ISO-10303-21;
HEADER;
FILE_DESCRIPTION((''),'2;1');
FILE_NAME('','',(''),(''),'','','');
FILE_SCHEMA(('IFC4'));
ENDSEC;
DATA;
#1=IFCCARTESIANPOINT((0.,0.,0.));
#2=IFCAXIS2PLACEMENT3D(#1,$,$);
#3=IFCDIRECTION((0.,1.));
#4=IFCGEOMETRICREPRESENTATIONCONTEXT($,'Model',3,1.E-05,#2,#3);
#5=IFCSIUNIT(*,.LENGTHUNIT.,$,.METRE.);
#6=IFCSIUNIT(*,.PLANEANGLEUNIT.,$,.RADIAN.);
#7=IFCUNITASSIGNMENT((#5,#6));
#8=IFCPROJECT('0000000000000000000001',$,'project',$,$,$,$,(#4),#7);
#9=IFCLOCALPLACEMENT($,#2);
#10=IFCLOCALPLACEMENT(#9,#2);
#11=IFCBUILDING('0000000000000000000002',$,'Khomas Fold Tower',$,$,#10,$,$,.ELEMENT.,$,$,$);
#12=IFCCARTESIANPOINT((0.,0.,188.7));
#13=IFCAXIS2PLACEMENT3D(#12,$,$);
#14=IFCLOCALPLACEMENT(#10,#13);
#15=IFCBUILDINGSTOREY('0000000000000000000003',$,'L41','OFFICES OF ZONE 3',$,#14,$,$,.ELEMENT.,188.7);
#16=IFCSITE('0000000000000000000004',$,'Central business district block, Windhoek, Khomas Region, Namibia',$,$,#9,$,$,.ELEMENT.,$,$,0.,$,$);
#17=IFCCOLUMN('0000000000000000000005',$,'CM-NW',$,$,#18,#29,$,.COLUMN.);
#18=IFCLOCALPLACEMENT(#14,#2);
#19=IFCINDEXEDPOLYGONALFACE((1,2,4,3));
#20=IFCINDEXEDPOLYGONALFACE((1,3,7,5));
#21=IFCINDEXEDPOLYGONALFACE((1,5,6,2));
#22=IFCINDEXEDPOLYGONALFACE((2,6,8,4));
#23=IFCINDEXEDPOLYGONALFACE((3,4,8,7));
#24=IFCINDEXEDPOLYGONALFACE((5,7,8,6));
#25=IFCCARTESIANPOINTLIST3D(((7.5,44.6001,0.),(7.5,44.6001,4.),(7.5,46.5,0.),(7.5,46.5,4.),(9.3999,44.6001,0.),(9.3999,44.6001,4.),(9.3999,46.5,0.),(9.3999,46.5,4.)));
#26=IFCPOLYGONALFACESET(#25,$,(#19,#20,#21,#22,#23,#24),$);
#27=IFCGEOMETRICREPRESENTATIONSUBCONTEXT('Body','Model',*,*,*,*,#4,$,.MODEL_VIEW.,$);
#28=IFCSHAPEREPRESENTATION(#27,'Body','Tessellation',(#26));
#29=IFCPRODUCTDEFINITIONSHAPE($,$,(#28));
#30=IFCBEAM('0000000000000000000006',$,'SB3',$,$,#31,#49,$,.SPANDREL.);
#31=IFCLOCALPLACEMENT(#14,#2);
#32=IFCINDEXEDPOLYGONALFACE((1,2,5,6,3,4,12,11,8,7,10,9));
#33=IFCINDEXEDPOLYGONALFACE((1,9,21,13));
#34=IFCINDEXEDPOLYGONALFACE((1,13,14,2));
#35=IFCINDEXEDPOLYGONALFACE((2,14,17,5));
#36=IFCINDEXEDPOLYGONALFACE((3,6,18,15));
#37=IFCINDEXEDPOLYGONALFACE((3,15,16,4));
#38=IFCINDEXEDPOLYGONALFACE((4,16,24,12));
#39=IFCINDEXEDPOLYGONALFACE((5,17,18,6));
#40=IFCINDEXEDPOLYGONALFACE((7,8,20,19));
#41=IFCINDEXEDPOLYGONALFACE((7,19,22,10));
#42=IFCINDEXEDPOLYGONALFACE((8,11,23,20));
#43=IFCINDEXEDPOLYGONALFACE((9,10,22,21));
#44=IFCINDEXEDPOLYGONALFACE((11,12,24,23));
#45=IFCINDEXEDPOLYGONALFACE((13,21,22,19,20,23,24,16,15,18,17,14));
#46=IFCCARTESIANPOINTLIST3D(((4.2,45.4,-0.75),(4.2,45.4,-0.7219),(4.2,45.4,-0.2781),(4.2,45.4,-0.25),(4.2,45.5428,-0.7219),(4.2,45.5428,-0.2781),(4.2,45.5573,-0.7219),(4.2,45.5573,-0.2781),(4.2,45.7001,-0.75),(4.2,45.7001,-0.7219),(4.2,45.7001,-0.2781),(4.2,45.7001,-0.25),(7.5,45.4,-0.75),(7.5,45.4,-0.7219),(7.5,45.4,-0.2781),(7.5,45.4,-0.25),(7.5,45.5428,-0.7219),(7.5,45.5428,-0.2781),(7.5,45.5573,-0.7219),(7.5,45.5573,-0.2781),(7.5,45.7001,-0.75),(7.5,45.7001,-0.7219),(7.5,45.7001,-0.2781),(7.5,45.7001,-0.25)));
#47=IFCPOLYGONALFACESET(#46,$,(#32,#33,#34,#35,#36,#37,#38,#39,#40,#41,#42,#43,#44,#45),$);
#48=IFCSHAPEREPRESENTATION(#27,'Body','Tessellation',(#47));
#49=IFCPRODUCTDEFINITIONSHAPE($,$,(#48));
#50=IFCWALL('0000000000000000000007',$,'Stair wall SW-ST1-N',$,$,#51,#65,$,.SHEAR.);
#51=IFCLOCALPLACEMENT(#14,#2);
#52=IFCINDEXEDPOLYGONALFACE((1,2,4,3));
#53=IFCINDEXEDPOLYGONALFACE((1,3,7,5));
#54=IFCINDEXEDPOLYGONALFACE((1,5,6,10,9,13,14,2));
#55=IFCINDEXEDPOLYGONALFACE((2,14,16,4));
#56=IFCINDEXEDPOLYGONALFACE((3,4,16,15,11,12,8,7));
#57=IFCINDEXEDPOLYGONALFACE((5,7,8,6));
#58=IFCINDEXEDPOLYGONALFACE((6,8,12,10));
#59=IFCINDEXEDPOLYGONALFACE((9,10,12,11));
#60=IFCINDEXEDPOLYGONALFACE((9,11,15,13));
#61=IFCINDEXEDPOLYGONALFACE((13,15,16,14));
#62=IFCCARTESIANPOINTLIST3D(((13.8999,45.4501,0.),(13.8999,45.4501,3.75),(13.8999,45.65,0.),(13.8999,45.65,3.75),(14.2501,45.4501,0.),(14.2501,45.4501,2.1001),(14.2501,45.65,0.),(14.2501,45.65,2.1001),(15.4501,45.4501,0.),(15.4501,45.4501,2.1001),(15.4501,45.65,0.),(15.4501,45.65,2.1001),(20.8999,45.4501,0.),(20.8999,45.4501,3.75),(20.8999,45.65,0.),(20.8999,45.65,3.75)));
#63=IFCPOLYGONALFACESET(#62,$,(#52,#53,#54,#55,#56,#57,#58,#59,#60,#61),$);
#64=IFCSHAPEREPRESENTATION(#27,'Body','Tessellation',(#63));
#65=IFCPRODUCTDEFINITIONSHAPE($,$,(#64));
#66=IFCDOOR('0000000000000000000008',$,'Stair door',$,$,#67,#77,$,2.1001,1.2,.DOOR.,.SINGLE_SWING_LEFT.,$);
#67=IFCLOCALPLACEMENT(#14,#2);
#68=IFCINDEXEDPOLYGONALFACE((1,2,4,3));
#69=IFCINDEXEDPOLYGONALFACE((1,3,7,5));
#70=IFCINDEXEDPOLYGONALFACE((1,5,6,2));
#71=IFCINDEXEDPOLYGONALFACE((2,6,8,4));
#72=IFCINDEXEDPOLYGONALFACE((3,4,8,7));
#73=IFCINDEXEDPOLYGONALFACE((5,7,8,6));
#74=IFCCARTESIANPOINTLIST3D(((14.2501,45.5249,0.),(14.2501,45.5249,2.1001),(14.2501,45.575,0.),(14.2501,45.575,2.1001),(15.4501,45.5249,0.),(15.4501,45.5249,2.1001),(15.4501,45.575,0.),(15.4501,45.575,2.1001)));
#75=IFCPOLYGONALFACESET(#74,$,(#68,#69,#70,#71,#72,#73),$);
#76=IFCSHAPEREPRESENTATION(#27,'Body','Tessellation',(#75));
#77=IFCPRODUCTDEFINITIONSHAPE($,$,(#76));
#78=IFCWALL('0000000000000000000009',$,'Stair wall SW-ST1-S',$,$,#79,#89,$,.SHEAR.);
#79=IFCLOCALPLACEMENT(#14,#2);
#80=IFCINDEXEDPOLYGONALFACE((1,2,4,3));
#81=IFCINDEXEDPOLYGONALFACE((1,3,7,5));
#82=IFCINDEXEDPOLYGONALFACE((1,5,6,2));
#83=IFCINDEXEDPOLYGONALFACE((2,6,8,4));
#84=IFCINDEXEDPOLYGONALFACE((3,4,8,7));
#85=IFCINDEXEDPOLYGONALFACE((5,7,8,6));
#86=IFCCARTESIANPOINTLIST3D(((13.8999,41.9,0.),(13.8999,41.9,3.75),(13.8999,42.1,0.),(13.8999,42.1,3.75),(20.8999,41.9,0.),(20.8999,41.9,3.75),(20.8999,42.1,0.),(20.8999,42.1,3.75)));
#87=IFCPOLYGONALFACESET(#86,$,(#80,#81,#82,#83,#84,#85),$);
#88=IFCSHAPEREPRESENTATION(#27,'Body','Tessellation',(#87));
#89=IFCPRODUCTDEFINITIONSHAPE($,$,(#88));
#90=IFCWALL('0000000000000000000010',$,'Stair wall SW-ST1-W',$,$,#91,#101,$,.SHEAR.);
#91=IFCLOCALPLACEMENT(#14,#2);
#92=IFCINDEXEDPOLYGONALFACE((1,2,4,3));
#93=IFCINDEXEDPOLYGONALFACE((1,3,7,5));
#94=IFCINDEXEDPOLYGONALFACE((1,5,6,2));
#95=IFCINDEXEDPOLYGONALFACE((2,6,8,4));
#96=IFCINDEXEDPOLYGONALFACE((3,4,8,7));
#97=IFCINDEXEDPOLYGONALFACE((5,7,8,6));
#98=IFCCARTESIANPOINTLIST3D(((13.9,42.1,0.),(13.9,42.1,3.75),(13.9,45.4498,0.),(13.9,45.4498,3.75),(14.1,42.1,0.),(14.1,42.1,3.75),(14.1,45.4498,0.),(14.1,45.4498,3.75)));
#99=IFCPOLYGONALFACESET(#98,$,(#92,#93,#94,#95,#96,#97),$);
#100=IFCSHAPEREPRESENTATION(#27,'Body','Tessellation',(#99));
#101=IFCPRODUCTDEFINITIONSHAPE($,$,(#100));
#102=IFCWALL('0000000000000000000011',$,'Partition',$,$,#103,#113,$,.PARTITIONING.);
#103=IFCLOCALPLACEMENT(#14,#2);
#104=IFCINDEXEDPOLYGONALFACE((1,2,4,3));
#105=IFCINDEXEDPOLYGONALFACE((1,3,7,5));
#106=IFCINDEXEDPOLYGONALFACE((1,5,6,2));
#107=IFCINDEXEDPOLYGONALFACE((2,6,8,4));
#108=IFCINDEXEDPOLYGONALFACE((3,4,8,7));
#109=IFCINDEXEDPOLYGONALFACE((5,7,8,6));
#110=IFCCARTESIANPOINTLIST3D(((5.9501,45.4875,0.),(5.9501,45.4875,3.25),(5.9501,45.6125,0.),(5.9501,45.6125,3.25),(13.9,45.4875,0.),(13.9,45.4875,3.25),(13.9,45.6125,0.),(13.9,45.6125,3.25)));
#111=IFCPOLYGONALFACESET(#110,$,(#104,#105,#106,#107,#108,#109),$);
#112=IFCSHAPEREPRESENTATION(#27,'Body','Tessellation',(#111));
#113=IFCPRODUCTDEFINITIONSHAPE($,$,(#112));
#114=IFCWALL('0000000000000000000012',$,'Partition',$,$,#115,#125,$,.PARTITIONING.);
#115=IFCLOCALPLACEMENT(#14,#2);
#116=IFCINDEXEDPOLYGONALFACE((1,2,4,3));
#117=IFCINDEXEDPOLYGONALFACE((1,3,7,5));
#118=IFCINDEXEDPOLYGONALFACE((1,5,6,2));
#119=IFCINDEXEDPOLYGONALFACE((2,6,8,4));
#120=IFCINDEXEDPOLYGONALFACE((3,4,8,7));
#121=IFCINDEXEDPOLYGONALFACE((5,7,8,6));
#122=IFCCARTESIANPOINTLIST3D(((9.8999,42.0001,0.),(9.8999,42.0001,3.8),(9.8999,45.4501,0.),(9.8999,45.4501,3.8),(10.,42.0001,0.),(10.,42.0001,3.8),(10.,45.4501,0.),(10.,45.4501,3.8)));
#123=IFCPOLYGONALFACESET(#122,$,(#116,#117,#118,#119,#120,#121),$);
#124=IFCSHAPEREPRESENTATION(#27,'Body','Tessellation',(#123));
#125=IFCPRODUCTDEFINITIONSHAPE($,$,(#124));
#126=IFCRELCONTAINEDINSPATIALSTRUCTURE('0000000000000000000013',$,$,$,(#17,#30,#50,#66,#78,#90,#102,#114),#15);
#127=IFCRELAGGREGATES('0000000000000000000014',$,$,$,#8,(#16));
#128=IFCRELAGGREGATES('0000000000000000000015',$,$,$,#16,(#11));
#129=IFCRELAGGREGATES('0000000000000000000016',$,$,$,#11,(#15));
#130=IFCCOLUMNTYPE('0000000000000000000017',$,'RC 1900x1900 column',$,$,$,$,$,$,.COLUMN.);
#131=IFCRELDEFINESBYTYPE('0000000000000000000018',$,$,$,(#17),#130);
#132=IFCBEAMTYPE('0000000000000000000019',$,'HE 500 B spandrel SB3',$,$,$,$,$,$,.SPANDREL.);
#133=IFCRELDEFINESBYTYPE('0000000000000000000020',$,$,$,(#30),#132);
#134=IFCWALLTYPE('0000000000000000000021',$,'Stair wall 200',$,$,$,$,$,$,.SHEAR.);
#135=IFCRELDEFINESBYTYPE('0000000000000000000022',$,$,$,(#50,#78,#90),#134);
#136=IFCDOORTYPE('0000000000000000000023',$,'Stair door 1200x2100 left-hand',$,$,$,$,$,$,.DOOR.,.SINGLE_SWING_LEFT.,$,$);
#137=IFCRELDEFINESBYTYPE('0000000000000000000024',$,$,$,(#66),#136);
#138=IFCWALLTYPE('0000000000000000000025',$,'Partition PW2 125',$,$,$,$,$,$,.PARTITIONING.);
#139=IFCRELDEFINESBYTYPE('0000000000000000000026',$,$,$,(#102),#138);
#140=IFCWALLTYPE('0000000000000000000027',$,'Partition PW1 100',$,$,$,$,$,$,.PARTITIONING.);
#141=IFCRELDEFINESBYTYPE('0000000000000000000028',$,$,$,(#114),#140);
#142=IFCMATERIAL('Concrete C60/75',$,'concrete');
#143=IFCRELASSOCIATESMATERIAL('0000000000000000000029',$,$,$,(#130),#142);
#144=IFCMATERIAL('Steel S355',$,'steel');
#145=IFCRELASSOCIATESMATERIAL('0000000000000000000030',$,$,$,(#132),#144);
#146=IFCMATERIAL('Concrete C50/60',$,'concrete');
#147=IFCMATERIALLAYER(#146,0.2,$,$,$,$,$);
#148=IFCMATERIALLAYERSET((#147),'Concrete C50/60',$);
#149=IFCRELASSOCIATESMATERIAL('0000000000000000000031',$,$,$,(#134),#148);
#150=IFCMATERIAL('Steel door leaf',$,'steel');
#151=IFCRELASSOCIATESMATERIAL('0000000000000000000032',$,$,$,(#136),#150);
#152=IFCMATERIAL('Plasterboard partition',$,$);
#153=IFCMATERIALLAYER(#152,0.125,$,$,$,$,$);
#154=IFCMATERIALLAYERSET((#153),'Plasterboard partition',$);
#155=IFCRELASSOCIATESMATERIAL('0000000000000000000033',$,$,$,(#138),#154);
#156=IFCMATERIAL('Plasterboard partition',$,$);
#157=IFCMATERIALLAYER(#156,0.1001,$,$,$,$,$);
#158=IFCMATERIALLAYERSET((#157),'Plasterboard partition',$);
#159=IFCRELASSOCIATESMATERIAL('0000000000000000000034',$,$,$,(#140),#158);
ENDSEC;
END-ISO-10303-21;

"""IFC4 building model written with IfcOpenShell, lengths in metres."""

from ifc_helpers import new_model, si_unit, direction, frame, frame_2d, origin, origin_2d, place, context, subcontext, project, spatial, rectangle, i_section, extrude, source, transform, mapped, material, layer, layer_set, material_profile, profile_set, type_object, element, fill, save


model = new_model("IFC4")

# Units and contexts
model_context = context("Model", 3, precision=1e-05, world=origin(), true_north=direction((0.0, 1.0)))
body_context = subcontext(model_context, "Body", "Model", "MODEL_VIEW")
ifc_project = project(units=[si_unit("LENGTHUNIT", "METRE"), si_unit("PLANEANGLEUNIT", "RADIAN")], contexts=[model_context])

# Site, building, storey
site_placement = place(None, origin())
site = spatial("IfcSite", under=ifc_project, at=site_placement, Name="Central business district block, Windhoek, Khomas Region, Namibia", CompositionType="ELEMENT", RefElevation=0.0)
building_placement = place(site_placement, origin())
building = spatial("IfcBuilding", under=site, at=building_placement, Name="Khomas Fold Tower", CompositionType="ELEMENT")
storey_placement = place(building_placement, frame((0.0, 0.0, 188.7)))
storey = spatial("IfcBuildingStorey", under=building, at=storey_placement, Name="L41", Description="OFFICES OF ZONE 3", CompositionType="ELEMENT", Elevation=188.7)

# Column
ifc_material_1 = material(Name="Concrete C60/75", Category="concrete")
ifc_material_profile_1 = material_profile(ifc_material_1, rectangle(XDim=1.8999, YDim=1.8999, at=origin_2d()), Name="RC 1900x1900")
ifc_profile_set_1 = profile_set([ifc_material_profile_1], Name="Concrete C60/75")
column_type = type_object("IfcColumnType", Name="RC 1900x1900 column", PredefinedType="COLUMN", material=ifc_profile_set_1)
shared_shape_1 = source(origin(), body_context, "Body", "SweptSolid", [
    extrude(rectangle(XDim=1.8999, YDim=1.8999, at=origin_2d()), origin(), (0.0, 0.0, 1.0), 4.0),
])
column_placement = place(storey_placement, frame((8.45, 45.55, 0.0), z_axis=(0.0, 0.0, 1.0), x_axis=(1.0, 0.0, 0.0)))
element("IfcColumn", 1, at=column_placement, inside=storey, type_object=column_type, Name="CM-NW", PredefinedType="COLUMN", context=body_context, shape_type="MappedRepresentation", body=[
    mapped(shared_shape_1, transform((0.0, 0.0, 0.0))),
])

# Beam
ifc_material_2 = material(Name="Steel S355", Category="steel")
ifc_material_profile_2 = material_profile(ifc_material_2, i_section(OverallWidth=0.3, OverallDepth=0.5, WebThickness=0.0144, FlangeThickness=0.0281, at=origin_2d()), Name="HE 500 B")
ifc_profile_set_2 = profile_set([ifc_material_profile_2], Name="Steel S355")
beam_type = type_object("IfcBeamType", Name="HE 500 B spandrel SB3", PredefinedType="SPANDREL", material=ifc_profile_set_2)
shared_shape_2 = source(origin(), body_context, "Body", "SweptSolid", [
    extrude(i_section(OverallWidth=0.3, OverallDepth=0.5, WebThickness=0.0144, FlangeThickness=0.0281, at=origin_2d()), origin(), (0.0, 0.0, 1.0), 3.3),
])
beam_placement = place(storey_placement, frame((4.2, 45.55, -0.5), z_axis=(1.0, 0.0, 0.0), x_axis=(0.0, 1.0, 0.0)))
element("IfcBeam", 2, at=beam_placement, inside=storey, type_object=beam_type, Name="SB3", PredefinedType="SPANDREL", context=body_context, shape_type="MappedRepresentation", body=[
    mapped(shared_shape_2, transform((0.0, 0.0, 0.0))),
])

# Wall, opening, door
ifc_material_3 = material(Name="Concrete C50/60", Category="concrete")
ifc_layer_1 = layer(ifc_material_3, 0.2)
ifc_layer_set_1 = layer_set([ifc_layer_1], Name="Concrete C50/60")
wall_type_1 = type_object("IfcWallType", Name="Stair wall 200", PredefinedType="SHEAR", material=ifc_layer_set_1)
shared_shape_3 = source(origin(), body_context, "Body", "SweptSolid", [
    extrude(rectangle(XDim=7.0, YDim=0.2, at=frame_2d((3.5, 0.0))), origin(), (0.0, 0.0, 1.0), 3.75),
])
wall_1_placement = place(storey_placement, frame((13.8999, 45.55, 0.0), z_axis=(0.0, 0.0, 1.0), x_axis=(1.0, 0.0, 0.0)))
wall_1 = element("IfcWall", 3, at=wall_1_placement, inside=storey, type_object=wall_type_1, Name="Stair wall SW-ST1-N", PredefinedType="SHEAR", context=body_context, shape_type="MappedRepresentation", body=[
    mapped(shared_shape_3, transform((0.0, 0.0, 0.0))),
])
shared_shape_4 = source(origin(), body_context, "Body", "SweptSolid", [
    extrude(rectangle(XDim=1.2, YDim=2.1001, at=frame_2d((0.6001, 1.05))), frame((0.0, 0.1099, 0.0), z_axis=(0.0, -1.0, 0.0), x_axis=(1.0, 0.0, 0.0)), (0.0, 0.0, 1.0), 0.22),
])
opening_placement = place(wall_1_placement, frame((0.3501, 0.0, 0.0)))
opening = element("IfcOpeningElement", 4, at=opening_placement, cuts=wall_1, PredefinedType="OPENING", context=body_context, shape_type="MappedRepresentation", body=[
    mapped(shared_shape_4, transform((0.0, 0.0, 0.0))),
])
ifc_material_4 = material(Name="Steel door leaf", Category="steel")
door_type = type_object("IfcDoorType", Name="Stair door 1200x2100 left-hand", OperationType="SINGLE_SWING_LEFT", PredefinedType="DOOR", material=ifc_material_4)
shared_shape_5 = source(origin(), body_context, "Body", "SweptSolid", [
    extrude(rectangle(XDim=1.2, YDim=2.1001, at=frame_2d((0.6001, 1.05))), frame((0.0, 0.0249, 0.0), z_axis=(0.0, -1.0, 0.0), x_axis=(1.0, 0.0, 0.0)), (0.0, 0.0, 1.0), 0.05),
])
door_placement = place(opening_placement, origin())
door = element("IfcDoor", 5, at=door_placement, inside=storey, type_object=door_type, Name="Stair door", OperationType="SINGLE_SWING_LEFT", OverallHeight=2.1001, OverallWidth=1.2, PredefinedType="DOOR", context=body_context, shape_type="MappedRepresentation", body=[
    mapped(shared_shape_5, transform((0.0, 0.0, 0.0))),
])
fill(opening, door)

# Walls
wall_2_placement = place(storey_placement, frame((13.8999, 42.0, 0.0), z_axis=(0.0, 0.0, 1.0), x_axis=(1.0, 0.0, 0.0)))
element("IfcWall", 6, at=wall_2_placement, inside=storey, type_object=wall_type_1, Name="Stair wall SW-ST1-S", PredefinedType="SHEAR", context=body_context, shape_type="MappedRepresentation", body=[
    mapped(shared_shape_3, transform((0.0, 0.0, 0.0))),
])
shared_shape_6 = source(origin(), body_context, "Body", "SweptSolid", [
    extrude(rectangle(XDim=3.3499, YDim=0.2, at=frame_2d((1.6748, 0.0))), origin(), (0.0, 0.0, 1.0), 3.75),
])
wall_3_placement = place(storey_placement, frame((14.0, 42.1001, 0.0), z_axis=(0.0, 0.0, 1.0), x_axis=(0.0, 1.0, 0.0)))
element("IfcWall", 7, at=wall_3_placement, inside=storey, type_object=wall_type_1, Name="Stair wall SW-ST1-W", PredefinedType="SHEAR", context=body_context, shape_type="MappedRepresentation", body=[
    mapped(shared_shape_6, transform((0.0, 0.0, 0.0))),
])
ifc_material_5 = material(Name="Plasterboard partition")
ifc_layer_2 = layer(ifc_material_5, 0.125)
ifc_layer_set_2 = layer_set([ifc_layer_2], Name="Plasterboard partition")
wall_type_2 = type_object("IfcWallType", Name="Partition PW2 125", PredefinedType="PARTITIONING", material=ifc_layer_set_2)
shared_shape_7 = source(origin(), body_context, "Body", "SweptSolid", [
    extrude(rectangle(XDim=7.95, YDim=0.125, at=frame_2d((3.9751, 0.0))), origin(), (0.0, 0.0, 1.0), 3.25),
])
wall_4_placement = place(storey_placement, frame((5.95, 45.55, 0.0), z_axis=(0.0, 0.0, 1.0), x_axis=(1.0, 0.0, 0.0)))
element("IfcWall", 8, at=wall_4_placement, inside=storey, type_object=wall_type_2, Name="Partition", PredefinedType="PARTITIONING", context=body_context, shape_type="MappedRepresentation", body=[
    mapped(shared_shape_7, transform((0.0, 0.0, 0.0))),
])
ifc_material_6 = material(Name="Plasterboard partition")
ifc_layer_3 = layer(ifc_material_6, 0.1001)
ifc_layer_set_3 = layer_set([ifc_layer_3], Name="Plasterboard partition")
wall_type_3 = type_object("IfcWallType", Name="Partition PW1 100", PredefinedType="PARTITIONING", material=ifc_layer_set_3)
shared_shape_8 = source(origin(), body_context, "Body", "SweptSolid", [
    extrude(rectangle(XDim=3.45, YDim=0.1001, at=frame_2d((1.7251, 0.0))), origin(), (0.0, 0.0, 1.0), 3.8),
])
wall_5_placement = place(storey_placement, frame((9.95, 42.0, 0.0), z_axis=(0.0, 0.0, 1.0), x_axis=(0.0, 1.0, 0.0)))
element("IfcWall", 9, at=wall_5_placement, inside=storey, type_object=wall_type_3, Name="Partition", PredefinedType="PARTITIONING", context=body_context, shape_type="MappedRepresentation", body=[
    mapped(shared_shape_8, transform((0.0, 0.0, 0.0))),
])

save(model, "model.ifc")
